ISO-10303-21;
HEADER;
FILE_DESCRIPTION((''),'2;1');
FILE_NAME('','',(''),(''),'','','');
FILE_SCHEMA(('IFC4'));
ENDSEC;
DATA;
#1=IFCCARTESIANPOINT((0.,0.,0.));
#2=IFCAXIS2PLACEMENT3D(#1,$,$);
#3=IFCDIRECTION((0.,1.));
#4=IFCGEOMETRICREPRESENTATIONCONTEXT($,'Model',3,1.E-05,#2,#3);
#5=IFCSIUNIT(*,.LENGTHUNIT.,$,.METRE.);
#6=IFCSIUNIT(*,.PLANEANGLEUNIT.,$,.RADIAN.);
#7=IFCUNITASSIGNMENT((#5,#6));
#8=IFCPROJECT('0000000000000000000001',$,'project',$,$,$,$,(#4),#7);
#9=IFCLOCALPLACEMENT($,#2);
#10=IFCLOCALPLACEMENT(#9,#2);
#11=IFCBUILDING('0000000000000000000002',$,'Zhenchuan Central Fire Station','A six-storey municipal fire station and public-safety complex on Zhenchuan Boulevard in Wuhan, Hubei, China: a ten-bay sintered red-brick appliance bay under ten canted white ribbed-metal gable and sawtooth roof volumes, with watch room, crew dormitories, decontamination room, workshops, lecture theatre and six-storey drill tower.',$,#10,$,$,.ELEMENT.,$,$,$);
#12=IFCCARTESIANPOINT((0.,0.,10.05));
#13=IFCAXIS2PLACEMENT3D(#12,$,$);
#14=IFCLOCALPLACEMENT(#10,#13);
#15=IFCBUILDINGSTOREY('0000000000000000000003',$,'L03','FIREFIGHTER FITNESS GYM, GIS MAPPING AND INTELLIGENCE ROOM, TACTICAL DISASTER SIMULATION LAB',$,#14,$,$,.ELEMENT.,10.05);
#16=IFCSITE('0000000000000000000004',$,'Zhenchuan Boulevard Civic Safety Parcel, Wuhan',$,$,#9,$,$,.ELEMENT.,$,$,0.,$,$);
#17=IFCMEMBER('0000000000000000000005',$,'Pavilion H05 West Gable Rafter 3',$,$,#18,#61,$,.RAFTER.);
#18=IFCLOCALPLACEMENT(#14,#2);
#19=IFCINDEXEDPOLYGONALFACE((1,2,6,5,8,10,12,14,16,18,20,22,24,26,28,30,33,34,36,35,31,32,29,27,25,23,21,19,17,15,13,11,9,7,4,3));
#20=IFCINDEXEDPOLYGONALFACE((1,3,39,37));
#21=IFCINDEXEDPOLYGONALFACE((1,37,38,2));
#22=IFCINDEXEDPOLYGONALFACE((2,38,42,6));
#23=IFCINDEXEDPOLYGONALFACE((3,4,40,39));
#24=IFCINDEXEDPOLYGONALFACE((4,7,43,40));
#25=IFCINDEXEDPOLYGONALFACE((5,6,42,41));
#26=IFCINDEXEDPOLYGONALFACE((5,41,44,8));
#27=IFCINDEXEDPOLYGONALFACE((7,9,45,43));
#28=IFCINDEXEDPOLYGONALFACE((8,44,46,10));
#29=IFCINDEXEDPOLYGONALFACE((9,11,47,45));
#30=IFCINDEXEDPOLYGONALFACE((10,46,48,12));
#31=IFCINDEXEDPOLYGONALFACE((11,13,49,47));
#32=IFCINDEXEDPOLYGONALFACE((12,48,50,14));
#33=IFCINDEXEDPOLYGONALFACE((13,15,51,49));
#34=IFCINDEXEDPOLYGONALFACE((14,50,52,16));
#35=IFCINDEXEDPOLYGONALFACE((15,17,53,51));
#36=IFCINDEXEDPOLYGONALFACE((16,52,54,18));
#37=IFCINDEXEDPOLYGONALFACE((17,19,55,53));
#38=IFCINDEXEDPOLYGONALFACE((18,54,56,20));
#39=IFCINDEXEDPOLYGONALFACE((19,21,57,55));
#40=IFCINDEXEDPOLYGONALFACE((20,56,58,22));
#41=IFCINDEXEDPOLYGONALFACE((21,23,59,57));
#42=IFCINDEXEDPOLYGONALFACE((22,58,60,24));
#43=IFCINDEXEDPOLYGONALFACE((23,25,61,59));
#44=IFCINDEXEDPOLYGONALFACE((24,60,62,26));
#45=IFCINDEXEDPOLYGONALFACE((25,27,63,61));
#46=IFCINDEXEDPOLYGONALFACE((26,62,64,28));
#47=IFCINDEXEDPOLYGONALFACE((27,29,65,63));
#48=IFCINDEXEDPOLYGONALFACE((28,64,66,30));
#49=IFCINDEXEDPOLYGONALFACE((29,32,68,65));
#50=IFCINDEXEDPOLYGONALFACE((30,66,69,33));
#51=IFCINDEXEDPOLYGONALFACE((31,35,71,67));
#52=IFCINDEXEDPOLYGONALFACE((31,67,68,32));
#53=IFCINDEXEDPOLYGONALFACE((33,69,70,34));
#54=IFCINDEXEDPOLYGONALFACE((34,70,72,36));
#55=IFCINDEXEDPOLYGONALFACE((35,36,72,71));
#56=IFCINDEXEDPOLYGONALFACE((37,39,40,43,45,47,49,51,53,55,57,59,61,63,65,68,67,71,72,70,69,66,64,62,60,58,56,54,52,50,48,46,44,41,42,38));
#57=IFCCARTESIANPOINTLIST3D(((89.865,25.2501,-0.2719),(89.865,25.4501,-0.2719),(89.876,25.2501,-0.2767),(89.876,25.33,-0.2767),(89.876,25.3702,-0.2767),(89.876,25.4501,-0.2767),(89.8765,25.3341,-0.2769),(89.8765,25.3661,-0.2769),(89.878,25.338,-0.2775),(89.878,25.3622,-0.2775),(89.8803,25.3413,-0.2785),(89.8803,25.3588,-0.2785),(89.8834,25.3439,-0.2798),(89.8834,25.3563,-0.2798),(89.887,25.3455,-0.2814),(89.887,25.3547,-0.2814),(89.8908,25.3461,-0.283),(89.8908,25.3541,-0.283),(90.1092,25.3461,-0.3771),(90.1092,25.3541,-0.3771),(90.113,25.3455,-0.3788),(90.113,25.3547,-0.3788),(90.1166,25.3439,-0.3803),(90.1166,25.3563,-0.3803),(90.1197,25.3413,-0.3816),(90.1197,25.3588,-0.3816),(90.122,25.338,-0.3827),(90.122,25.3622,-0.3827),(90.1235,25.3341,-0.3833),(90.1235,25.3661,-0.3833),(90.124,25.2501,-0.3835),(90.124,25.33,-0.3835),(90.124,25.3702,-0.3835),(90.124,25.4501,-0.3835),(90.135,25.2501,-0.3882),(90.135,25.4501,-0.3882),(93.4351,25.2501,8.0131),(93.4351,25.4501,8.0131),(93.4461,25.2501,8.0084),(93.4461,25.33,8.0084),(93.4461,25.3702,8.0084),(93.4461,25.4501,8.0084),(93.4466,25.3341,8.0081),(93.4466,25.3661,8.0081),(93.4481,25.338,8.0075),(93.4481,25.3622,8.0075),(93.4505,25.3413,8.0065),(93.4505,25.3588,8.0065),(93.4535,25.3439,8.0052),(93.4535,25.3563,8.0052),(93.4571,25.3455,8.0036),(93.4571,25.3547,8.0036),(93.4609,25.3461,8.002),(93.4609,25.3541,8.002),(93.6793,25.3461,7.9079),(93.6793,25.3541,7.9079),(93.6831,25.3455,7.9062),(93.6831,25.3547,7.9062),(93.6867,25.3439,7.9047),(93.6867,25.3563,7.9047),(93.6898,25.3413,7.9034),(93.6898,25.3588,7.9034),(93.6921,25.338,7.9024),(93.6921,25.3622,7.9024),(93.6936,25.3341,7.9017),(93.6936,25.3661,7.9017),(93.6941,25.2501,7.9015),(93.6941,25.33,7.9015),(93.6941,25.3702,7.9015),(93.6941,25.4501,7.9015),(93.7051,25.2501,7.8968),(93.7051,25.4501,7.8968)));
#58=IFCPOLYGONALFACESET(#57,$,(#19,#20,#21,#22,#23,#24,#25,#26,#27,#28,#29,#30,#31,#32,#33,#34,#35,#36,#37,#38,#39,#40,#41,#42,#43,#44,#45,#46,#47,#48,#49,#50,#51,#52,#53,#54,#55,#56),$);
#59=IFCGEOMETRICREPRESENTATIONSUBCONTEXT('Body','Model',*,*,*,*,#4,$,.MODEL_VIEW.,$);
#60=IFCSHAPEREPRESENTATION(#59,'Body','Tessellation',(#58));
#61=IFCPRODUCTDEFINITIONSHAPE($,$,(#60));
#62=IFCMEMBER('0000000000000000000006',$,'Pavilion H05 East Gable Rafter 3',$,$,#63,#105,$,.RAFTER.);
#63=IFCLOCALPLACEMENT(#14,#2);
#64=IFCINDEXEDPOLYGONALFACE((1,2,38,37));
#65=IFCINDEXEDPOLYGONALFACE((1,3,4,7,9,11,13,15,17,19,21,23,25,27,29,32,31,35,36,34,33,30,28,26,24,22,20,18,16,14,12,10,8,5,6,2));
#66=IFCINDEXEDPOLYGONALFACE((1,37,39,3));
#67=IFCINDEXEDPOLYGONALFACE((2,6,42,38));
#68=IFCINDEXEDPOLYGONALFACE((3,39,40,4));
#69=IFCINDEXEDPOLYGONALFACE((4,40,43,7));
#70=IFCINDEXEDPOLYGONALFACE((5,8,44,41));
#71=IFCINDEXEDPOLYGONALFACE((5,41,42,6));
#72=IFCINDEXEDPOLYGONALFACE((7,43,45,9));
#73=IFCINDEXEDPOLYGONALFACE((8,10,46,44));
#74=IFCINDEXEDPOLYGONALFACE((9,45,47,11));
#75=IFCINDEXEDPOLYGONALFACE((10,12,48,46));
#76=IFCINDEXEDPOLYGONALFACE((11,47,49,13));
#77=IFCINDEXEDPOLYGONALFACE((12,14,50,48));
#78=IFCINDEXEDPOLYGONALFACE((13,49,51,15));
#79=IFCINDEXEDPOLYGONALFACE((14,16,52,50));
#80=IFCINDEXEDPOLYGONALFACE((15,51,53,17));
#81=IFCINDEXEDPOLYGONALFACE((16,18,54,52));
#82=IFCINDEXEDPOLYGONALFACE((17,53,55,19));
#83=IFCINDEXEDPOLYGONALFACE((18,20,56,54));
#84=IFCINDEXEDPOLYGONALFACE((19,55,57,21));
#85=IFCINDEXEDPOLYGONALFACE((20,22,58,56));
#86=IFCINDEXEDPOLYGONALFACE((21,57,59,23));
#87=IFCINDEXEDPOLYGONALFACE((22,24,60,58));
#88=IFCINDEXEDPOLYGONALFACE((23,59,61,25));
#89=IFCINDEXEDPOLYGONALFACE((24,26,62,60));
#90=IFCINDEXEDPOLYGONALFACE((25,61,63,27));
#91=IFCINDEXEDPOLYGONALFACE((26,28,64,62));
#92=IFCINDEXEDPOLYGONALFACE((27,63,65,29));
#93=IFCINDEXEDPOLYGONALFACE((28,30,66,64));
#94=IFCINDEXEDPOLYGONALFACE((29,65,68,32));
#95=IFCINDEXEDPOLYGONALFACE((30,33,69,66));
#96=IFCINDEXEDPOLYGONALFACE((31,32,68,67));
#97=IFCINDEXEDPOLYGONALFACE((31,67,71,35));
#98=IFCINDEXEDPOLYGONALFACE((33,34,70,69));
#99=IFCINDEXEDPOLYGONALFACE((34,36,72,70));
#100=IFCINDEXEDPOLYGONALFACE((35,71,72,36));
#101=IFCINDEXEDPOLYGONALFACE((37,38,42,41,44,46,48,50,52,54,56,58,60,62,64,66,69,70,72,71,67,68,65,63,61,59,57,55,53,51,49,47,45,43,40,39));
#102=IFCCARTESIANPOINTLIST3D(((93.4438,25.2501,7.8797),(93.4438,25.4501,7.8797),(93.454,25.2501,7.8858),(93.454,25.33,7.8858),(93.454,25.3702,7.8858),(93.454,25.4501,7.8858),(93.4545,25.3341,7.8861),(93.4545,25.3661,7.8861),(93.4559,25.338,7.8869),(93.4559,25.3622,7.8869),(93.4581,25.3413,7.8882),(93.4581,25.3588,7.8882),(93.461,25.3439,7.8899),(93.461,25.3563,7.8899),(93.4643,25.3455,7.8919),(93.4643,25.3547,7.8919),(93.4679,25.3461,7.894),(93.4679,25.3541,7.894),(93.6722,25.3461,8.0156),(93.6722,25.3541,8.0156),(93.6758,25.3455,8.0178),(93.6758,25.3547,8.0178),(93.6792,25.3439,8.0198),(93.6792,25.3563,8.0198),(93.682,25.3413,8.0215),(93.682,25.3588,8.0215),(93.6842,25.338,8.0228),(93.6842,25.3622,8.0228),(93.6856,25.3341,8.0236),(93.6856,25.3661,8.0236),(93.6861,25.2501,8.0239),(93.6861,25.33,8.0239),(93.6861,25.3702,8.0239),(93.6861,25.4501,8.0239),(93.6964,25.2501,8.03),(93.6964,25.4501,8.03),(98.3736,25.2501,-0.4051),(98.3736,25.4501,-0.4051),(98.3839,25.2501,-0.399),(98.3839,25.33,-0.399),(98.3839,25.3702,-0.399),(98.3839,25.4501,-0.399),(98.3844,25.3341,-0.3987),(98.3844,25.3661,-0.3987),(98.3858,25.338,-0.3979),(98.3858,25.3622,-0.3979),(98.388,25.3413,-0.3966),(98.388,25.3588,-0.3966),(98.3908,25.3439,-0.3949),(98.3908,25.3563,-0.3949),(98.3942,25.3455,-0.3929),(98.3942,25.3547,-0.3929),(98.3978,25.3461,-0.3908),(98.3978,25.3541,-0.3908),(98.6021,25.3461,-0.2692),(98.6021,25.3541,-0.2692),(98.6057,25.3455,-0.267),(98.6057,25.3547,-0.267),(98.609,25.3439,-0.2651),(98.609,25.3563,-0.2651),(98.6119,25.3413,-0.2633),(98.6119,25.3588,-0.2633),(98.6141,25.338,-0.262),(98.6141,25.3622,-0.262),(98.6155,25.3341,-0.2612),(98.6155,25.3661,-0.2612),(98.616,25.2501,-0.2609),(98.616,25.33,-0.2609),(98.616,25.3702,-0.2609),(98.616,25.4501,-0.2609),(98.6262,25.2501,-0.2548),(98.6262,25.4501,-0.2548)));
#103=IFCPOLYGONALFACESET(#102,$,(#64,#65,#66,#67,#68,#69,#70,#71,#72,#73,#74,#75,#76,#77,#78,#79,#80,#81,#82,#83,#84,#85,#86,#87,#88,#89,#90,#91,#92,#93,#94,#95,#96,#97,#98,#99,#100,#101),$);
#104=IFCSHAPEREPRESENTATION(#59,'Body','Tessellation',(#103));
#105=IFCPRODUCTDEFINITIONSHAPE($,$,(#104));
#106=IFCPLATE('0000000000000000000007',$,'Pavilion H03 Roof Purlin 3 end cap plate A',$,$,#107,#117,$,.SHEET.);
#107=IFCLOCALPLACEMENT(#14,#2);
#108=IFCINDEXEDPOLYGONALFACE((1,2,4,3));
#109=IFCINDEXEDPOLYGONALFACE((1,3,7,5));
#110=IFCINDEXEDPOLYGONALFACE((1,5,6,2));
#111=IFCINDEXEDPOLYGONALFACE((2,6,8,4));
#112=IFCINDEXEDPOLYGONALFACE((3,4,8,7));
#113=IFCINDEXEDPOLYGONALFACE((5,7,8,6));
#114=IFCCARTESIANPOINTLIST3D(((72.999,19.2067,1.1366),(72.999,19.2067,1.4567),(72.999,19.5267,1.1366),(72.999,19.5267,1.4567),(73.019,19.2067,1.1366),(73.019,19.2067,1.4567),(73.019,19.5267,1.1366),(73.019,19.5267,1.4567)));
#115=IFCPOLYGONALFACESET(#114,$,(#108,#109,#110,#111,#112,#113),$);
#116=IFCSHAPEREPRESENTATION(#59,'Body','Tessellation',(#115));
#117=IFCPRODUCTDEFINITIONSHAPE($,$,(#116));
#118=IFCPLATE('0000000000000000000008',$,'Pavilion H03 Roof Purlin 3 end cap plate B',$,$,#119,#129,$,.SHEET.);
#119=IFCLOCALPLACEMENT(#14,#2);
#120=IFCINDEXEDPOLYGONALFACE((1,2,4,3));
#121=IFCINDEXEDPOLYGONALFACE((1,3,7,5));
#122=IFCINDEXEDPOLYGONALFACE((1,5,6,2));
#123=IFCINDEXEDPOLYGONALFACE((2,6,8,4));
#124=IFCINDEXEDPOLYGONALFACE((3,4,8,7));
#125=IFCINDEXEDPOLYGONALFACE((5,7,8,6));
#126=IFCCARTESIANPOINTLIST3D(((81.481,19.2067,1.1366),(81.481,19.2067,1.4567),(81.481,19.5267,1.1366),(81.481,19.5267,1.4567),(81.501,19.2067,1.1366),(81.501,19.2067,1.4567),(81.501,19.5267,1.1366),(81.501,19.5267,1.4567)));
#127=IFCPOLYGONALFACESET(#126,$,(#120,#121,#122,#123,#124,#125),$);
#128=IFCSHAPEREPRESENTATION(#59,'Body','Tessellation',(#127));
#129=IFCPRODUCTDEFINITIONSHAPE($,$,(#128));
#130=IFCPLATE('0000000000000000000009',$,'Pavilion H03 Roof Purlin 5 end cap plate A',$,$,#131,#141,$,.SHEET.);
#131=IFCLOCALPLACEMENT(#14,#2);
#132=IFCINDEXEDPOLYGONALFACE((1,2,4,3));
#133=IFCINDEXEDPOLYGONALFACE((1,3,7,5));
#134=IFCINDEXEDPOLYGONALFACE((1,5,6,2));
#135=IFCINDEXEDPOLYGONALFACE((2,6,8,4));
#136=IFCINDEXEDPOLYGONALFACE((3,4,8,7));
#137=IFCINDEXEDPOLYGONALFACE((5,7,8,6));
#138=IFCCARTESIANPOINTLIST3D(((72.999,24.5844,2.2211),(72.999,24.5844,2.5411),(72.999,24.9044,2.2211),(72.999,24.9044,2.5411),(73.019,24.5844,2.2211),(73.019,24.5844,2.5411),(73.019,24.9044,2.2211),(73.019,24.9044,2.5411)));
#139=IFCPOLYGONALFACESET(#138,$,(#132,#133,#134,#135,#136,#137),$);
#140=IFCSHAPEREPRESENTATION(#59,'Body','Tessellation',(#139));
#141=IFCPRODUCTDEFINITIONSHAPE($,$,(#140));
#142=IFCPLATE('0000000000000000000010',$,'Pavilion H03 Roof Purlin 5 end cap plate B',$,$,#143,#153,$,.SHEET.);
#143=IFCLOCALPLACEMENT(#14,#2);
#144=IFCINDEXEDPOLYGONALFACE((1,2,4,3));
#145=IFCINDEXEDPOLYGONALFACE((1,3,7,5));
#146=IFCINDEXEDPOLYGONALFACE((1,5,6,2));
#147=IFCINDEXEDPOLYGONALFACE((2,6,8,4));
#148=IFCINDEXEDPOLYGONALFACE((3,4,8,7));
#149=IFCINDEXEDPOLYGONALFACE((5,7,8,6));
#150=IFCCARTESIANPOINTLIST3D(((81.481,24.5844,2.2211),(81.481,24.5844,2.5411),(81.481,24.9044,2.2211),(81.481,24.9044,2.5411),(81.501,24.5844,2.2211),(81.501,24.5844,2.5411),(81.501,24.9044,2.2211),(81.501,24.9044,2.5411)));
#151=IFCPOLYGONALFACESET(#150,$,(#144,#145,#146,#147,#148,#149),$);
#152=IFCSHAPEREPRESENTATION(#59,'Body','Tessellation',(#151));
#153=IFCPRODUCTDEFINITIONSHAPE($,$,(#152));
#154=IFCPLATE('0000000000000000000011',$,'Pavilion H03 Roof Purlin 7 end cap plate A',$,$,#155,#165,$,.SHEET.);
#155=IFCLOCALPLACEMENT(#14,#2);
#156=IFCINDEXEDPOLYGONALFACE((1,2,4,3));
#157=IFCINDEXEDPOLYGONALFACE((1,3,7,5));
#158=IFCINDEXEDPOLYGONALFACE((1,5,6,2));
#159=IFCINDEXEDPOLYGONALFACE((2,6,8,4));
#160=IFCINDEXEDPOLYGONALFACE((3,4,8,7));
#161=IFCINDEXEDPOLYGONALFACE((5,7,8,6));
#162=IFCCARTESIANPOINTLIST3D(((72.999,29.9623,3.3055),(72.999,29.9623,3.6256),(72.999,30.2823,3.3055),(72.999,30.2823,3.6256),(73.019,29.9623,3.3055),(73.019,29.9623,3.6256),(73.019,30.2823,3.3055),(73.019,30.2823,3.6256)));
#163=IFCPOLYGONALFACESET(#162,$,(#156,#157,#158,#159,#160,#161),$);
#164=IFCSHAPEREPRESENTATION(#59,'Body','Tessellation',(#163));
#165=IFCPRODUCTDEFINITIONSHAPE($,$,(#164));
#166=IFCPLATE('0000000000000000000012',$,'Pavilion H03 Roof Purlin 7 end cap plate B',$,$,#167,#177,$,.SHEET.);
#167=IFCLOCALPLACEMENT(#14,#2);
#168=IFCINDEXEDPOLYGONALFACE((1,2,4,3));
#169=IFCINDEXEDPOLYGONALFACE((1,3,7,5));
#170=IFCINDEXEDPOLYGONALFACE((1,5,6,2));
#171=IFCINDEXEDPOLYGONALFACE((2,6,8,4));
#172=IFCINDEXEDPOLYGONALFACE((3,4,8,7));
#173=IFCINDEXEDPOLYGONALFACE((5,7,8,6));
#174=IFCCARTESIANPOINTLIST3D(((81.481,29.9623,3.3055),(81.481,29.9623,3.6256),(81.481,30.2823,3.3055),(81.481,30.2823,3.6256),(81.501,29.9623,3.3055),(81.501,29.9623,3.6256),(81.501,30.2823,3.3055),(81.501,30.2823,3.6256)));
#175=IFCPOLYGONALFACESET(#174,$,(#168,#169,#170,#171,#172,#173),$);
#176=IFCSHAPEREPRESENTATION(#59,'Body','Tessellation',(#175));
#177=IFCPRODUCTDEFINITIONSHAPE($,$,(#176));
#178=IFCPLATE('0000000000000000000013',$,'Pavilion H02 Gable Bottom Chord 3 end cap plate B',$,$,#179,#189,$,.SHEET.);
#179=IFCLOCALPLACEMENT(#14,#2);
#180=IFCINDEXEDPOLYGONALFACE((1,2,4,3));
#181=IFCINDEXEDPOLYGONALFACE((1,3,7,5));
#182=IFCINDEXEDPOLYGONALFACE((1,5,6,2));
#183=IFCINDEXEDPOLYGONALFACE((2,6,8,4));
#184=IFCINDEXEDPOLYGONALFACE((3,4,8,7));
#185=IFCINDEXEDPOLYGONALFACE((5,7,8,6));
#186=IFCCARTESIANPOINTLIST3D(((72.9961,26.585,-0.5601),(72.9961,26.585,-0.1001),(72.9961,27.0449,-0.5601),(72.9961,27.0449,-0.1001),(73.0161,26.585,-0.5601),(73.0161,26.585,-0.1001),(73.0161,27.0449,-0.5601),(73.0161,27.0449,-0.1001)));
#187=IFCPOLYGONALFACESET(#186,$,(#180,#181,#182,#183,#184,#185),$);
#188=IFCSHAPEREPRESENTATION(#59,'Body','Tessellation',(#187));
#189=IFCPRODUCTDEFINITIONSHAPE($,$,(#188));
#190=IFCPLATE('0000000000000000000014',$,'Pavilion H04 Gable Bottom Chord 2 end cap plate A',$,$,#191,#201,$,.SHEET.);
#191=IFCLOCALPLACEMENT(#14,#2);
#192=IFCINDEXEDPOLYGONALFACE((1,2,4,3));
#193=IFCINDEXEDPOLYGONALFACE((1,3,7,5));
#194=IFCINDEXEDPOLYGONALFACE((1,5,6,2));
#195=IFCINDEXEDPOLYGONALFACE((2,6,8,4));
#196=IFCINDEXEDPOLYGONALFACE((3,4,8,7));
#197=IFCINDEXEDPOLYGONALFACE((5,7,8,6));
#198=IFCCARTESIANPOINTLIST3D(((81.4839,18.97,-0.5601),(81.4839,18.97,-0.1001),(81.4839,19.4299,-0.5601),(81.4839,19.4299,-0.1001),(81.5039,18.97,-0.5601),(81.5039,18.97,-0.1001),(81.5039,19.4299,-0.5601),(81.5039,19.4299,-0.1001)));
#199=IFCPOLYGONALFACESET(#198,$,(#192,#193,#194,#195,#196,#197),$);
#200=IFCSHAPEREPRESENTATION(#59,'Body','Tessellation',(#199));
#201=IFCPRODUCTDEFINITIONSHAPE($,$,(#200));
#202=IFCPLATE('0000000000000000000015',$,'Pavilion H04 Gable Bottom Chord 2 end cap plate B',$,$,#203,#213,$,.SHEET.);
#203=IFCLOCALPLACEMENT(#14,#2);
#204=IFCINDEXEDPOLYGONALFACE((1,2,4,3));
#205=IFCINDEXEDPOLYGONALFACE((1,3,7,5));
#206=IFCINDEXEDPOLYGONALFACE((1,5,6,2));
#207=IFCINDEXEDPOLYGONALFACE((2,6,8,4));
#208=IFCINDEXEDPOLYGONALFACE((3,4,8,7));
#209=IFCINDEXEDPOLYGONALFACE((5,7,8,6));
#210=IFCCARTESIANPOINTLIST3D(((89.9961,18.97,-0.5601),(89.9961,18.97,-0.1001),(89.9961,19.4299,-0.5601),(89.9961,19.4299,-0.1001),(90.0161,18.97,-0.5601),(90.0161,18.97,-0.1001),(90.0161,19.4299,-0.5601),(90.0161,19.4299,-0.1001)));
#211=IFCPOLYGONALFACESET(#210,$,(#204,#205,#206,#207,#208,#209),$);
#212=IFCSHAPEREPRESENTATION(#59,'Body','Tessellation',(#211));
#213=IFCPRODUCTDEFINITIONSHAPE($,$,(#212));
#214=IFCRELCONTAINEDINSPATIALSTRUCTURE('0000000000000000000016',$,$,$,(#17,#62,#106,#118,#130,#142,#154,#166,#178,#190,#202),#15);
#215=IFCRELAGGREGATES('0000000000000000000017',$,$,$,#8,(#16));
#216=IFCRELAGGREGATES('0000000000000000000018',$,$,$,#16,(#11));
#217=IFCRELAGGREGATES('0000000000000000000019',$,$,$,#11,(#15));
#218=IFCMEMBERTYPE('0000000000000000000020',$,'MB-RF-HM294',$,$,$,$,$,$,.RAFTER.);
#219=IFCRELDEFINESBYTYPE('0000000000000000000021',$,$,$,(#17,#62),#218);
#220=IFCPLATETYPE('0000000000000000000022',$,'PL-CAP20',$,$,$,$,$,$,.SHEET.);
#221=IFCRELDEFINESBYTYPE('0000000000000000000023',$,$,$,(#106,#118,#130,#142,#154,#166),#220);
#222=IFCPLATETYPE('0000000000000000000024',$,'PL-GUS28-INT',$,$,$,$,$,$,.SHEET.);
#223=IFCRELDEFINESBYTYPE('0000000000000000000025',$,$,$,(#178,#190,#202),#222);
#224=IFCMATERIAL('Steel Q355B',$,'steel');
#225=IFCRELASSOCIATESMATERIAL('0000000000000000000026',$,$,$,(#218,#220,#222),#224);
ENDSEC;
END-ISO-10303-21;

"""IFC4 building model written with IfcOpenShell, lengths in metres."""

from ifc_helpers import new_model, si_unit, direction, frame, origin, origin_2d, place, context, subcontext, project, spatial, rectangle, i_section, extrude, material, material_profile, profile_set, type_object, element, save


model = new_model("IFC4")

# Units and contexts
model_context = context("Model", 3, precision=1e-05, world=origin(), true_north=direction((0.0, 1.0)))
body_context = subcontext(model_context, "Body", "Model", "MODEL_VIEW")
ifc_project = project(units=[si_unit("LENGTHUNIT", "METRE"), si_unit("PLANEANGLEUNIT", "RADIAN")], contexts=[model_context])

# Site, building, storey
site_placement = place(None, origin())
site = spatial("IfcSite", under=ifc_project, at=site_placement, Name="Zhenchuan Boulevard Civic Safety Parcel, Wuhan", CompositionType="ELEMENT", RefElevation=0.0)
building_placement = place(site_placement, origin())
building = spatial("IfcBuilding", under=site, at=building_placement, Name="Zhenchuan Central Fire Station", Description="A six-storey municipal fire station and public-safety complex on Zhenchuan Boulevard in Wuhan, Hubei, China: a ten-bay sintered red-brick appliance bay under ten canted white ribbed-metal gable and sawtooth roof volumes, with watch room, crew dormitories, decontamination room, workshops, lecture theatre and six-storey drill tower.", CompositionType="ELEMENT")
storey_placement = place(building_placement, frame((0.0, 0.0, 10.05)))
storey = spatial("IfcBuildingStorey", under=building, at=storey_placement, Name="L03", Description="FIREFIGHTER FITNESS GYM, GIS MAPPING AND INTELLIGENCE ROOM, TACTICAL DISASTER SIMULATION LAB", CompositionType="ELEMENT", Elevation=10.05)

# Members
ifc_material = material(Name="Steel Q355B", Category="steel")
ifc_material_profile_1 = material_profile(ifc_material, i_section(OverallWidth=0.2, OverallDepth=0.2939, WebThickness=0.0081, FlangeThickness=0.012, FilletRadius=0.0161, at=origin_2d()), Name="HM 294x200")
ifc_profile_set_1 = profile_set([ifc_material_profile_1], Name="Steel Q355B")
member_type_1 = type_object("IfcMemberType", Name="MB-RF-HM294", PredefinedType="RAFTER", material=ifc_profile_set_1)
member_1_placement = place(storey_placement, frame((90.0, 25.3501, -0.3301), z_axis=(0.395735, 0.0, 0.918365), x_axis=(0.0, 1.0, 0.0)))
element("IfcMember", 1, at=member_1_placement, inside=storey, type_object=member_type_1, Name="Pavilion H05 West Gable Rafter 3", PredefinedType="RAFTER", context=body_context, shape_type="SweptSolid", body=[
    extrude(i_section(OverallWidth=0.2, OverallDepth=0.2939, WebThickness=0.0081, FlangeThickness=0.012, FilletRadius=0.0161, at=origin_2d()), origin(), (0.0, 0.0, 1.0), 9.0215),
])
member_2_placement = place(storey_placement, frame((93.5701, 25.3501, 7.9548), z_axis=(0.511364, 0.0, -0.859364), x_axis=(0.0, 1.0, 0.0)))
element("IfcMember", 2, at=member_2_placement, inside=storey, type_object=member_type_1, Name="Pavilion H05 East Gable Rafter 3", PredefinedType="RAFTER", context=body_context, shape_type="SweptSolid", body=[
    extrude(i_section(OverallWidth=0.2, OverallDepth=0.2939, WebThickness=0.0081, FlangeThickness=0.012, FilletRadius=0.0161, at=origin_2d()), origin(), (0.0, 0.0, 1.0), 9.6406),
])

# Plates
ifc_material_profile_2 = material_profile(ifc_material, rectangle(XDim=0.3201, YDim=0.3201, at=origin_2d()), Name="PL 320x320x20")
ifc_profile_set_2 = profile_set([ifc_material_profile_2], Name="Steel Q355B")
plate_type_1 = type_object("IfcPlateType", Name="PL-CAP20", PredefinedType="SHEET", material=ifc_profile_set_2)
for number, where, z_axis, x_axis, name in (
    (3, (72.999, 19.3667, 1.2966), (1.0, 0.0, 0.0), (0.0, 1.0, 0.0), "Pavilion H03 Roof Purlin 3 end cap plate A"),
    (4, (81.481, 19.3667, 1.2966), (1.0, 0.0, 0.0), (0.0, 1.0, 0.0), "Pavilion H03 Roof Purlin 3 end cap plate B"),
    (5, (72.999, 24.7444, 2.3811), (1.0, 0.0, 0.0), (0.0, 1.0, 0.0), "Pavilion H03 Roof Purlin 5 end cap plate A"),
    (6, (81.481, 24.7444, 2.3811), (1.0, 0.0, 0.0), (0.0, 1.0, 0.0), "Pavilion H03 Roof Purlin 5 end cap plate B"),
    (7, (72.999, 30.1223, 3.4656), (1.0, 0.0, 0.0), (0.0, 1.0, 0.0), "Pavilion H03 Roof Purlin 7 end cap plate A"),
    (8, (81.481, 30.1223, 3.4656), (1.0, 0.0, 0.0), (0.0, 1.0, 0.0), "Pavilion H03 Roof Purlin 7 end cap plate B"),
):
    element("IfcPlate", number, at=place(storey_placement, frame(where, z_axis=z_axis, x_axis=x_axis)), inside=storey, type_object=plate_type_1, Name=name, PredefinedType="SHEET", context=body_context, shape_type="SweptSolid", body=[
        extrude(rectangle(XDim=0.3201, YDim=0.3201, at=origin_2d()), origin(), (0.0, 0.0, 1.0), 0.02),
    ])
ifc_material_profile_3 = material_profile(ifc_material, rectangle(XDim=0.46, YDim=0.46, at=origin_2d()), Name="PL 460x460x28")
ifc_profile_set_3 = profile_set([ifc_material_profile_3], Name="Steel Q355B")
plate_type_2 = type_object("IfcPlateType", Name="PL-GUS28-INT", PredefinedType="SHEET", material=ifc_profile_set_3)
for number, where, z_axis, x_axis, name in (
    (9, (72.9961, 26.8149, -0.3301), (1.0, 0.0, 0.0), (0.0, 1.0, 0.0), "Pavilion H02 Gable Bottom Chord 3 end cap plate B"),
    (10, (81.4839, 19.2, -0.3301), (1.0, 0.0, 0.0), (0.0, 1.0, 0.0), "Pavilion H04 Gable Bottom Chord 2 end cap plate A"),
    (11, (89.9961, 19.2, -0.3301), (1.0, 0.0, 0.0), (0.0, 1.0, 0.0), "Pavilion H04 Gable Bottom Chord 2 end cap plate B"),
):
    element("IfcPlate", number, at=place(storey_placement, frame(where, z_axis=z_axis, x_axis=x_axis)), inside=storey, type_object=plate_type_2, Name=name, PredefinedType="SHEET", context=body_context, shape_type="SweptSolid", body=[
        extrude(rectangle(XDim=0.46, YDim=0.46, at=origin_2d()), origin(), (0.0, 0.0, 1.0), 0.02),
    ])

save(model, "model.ifc")
